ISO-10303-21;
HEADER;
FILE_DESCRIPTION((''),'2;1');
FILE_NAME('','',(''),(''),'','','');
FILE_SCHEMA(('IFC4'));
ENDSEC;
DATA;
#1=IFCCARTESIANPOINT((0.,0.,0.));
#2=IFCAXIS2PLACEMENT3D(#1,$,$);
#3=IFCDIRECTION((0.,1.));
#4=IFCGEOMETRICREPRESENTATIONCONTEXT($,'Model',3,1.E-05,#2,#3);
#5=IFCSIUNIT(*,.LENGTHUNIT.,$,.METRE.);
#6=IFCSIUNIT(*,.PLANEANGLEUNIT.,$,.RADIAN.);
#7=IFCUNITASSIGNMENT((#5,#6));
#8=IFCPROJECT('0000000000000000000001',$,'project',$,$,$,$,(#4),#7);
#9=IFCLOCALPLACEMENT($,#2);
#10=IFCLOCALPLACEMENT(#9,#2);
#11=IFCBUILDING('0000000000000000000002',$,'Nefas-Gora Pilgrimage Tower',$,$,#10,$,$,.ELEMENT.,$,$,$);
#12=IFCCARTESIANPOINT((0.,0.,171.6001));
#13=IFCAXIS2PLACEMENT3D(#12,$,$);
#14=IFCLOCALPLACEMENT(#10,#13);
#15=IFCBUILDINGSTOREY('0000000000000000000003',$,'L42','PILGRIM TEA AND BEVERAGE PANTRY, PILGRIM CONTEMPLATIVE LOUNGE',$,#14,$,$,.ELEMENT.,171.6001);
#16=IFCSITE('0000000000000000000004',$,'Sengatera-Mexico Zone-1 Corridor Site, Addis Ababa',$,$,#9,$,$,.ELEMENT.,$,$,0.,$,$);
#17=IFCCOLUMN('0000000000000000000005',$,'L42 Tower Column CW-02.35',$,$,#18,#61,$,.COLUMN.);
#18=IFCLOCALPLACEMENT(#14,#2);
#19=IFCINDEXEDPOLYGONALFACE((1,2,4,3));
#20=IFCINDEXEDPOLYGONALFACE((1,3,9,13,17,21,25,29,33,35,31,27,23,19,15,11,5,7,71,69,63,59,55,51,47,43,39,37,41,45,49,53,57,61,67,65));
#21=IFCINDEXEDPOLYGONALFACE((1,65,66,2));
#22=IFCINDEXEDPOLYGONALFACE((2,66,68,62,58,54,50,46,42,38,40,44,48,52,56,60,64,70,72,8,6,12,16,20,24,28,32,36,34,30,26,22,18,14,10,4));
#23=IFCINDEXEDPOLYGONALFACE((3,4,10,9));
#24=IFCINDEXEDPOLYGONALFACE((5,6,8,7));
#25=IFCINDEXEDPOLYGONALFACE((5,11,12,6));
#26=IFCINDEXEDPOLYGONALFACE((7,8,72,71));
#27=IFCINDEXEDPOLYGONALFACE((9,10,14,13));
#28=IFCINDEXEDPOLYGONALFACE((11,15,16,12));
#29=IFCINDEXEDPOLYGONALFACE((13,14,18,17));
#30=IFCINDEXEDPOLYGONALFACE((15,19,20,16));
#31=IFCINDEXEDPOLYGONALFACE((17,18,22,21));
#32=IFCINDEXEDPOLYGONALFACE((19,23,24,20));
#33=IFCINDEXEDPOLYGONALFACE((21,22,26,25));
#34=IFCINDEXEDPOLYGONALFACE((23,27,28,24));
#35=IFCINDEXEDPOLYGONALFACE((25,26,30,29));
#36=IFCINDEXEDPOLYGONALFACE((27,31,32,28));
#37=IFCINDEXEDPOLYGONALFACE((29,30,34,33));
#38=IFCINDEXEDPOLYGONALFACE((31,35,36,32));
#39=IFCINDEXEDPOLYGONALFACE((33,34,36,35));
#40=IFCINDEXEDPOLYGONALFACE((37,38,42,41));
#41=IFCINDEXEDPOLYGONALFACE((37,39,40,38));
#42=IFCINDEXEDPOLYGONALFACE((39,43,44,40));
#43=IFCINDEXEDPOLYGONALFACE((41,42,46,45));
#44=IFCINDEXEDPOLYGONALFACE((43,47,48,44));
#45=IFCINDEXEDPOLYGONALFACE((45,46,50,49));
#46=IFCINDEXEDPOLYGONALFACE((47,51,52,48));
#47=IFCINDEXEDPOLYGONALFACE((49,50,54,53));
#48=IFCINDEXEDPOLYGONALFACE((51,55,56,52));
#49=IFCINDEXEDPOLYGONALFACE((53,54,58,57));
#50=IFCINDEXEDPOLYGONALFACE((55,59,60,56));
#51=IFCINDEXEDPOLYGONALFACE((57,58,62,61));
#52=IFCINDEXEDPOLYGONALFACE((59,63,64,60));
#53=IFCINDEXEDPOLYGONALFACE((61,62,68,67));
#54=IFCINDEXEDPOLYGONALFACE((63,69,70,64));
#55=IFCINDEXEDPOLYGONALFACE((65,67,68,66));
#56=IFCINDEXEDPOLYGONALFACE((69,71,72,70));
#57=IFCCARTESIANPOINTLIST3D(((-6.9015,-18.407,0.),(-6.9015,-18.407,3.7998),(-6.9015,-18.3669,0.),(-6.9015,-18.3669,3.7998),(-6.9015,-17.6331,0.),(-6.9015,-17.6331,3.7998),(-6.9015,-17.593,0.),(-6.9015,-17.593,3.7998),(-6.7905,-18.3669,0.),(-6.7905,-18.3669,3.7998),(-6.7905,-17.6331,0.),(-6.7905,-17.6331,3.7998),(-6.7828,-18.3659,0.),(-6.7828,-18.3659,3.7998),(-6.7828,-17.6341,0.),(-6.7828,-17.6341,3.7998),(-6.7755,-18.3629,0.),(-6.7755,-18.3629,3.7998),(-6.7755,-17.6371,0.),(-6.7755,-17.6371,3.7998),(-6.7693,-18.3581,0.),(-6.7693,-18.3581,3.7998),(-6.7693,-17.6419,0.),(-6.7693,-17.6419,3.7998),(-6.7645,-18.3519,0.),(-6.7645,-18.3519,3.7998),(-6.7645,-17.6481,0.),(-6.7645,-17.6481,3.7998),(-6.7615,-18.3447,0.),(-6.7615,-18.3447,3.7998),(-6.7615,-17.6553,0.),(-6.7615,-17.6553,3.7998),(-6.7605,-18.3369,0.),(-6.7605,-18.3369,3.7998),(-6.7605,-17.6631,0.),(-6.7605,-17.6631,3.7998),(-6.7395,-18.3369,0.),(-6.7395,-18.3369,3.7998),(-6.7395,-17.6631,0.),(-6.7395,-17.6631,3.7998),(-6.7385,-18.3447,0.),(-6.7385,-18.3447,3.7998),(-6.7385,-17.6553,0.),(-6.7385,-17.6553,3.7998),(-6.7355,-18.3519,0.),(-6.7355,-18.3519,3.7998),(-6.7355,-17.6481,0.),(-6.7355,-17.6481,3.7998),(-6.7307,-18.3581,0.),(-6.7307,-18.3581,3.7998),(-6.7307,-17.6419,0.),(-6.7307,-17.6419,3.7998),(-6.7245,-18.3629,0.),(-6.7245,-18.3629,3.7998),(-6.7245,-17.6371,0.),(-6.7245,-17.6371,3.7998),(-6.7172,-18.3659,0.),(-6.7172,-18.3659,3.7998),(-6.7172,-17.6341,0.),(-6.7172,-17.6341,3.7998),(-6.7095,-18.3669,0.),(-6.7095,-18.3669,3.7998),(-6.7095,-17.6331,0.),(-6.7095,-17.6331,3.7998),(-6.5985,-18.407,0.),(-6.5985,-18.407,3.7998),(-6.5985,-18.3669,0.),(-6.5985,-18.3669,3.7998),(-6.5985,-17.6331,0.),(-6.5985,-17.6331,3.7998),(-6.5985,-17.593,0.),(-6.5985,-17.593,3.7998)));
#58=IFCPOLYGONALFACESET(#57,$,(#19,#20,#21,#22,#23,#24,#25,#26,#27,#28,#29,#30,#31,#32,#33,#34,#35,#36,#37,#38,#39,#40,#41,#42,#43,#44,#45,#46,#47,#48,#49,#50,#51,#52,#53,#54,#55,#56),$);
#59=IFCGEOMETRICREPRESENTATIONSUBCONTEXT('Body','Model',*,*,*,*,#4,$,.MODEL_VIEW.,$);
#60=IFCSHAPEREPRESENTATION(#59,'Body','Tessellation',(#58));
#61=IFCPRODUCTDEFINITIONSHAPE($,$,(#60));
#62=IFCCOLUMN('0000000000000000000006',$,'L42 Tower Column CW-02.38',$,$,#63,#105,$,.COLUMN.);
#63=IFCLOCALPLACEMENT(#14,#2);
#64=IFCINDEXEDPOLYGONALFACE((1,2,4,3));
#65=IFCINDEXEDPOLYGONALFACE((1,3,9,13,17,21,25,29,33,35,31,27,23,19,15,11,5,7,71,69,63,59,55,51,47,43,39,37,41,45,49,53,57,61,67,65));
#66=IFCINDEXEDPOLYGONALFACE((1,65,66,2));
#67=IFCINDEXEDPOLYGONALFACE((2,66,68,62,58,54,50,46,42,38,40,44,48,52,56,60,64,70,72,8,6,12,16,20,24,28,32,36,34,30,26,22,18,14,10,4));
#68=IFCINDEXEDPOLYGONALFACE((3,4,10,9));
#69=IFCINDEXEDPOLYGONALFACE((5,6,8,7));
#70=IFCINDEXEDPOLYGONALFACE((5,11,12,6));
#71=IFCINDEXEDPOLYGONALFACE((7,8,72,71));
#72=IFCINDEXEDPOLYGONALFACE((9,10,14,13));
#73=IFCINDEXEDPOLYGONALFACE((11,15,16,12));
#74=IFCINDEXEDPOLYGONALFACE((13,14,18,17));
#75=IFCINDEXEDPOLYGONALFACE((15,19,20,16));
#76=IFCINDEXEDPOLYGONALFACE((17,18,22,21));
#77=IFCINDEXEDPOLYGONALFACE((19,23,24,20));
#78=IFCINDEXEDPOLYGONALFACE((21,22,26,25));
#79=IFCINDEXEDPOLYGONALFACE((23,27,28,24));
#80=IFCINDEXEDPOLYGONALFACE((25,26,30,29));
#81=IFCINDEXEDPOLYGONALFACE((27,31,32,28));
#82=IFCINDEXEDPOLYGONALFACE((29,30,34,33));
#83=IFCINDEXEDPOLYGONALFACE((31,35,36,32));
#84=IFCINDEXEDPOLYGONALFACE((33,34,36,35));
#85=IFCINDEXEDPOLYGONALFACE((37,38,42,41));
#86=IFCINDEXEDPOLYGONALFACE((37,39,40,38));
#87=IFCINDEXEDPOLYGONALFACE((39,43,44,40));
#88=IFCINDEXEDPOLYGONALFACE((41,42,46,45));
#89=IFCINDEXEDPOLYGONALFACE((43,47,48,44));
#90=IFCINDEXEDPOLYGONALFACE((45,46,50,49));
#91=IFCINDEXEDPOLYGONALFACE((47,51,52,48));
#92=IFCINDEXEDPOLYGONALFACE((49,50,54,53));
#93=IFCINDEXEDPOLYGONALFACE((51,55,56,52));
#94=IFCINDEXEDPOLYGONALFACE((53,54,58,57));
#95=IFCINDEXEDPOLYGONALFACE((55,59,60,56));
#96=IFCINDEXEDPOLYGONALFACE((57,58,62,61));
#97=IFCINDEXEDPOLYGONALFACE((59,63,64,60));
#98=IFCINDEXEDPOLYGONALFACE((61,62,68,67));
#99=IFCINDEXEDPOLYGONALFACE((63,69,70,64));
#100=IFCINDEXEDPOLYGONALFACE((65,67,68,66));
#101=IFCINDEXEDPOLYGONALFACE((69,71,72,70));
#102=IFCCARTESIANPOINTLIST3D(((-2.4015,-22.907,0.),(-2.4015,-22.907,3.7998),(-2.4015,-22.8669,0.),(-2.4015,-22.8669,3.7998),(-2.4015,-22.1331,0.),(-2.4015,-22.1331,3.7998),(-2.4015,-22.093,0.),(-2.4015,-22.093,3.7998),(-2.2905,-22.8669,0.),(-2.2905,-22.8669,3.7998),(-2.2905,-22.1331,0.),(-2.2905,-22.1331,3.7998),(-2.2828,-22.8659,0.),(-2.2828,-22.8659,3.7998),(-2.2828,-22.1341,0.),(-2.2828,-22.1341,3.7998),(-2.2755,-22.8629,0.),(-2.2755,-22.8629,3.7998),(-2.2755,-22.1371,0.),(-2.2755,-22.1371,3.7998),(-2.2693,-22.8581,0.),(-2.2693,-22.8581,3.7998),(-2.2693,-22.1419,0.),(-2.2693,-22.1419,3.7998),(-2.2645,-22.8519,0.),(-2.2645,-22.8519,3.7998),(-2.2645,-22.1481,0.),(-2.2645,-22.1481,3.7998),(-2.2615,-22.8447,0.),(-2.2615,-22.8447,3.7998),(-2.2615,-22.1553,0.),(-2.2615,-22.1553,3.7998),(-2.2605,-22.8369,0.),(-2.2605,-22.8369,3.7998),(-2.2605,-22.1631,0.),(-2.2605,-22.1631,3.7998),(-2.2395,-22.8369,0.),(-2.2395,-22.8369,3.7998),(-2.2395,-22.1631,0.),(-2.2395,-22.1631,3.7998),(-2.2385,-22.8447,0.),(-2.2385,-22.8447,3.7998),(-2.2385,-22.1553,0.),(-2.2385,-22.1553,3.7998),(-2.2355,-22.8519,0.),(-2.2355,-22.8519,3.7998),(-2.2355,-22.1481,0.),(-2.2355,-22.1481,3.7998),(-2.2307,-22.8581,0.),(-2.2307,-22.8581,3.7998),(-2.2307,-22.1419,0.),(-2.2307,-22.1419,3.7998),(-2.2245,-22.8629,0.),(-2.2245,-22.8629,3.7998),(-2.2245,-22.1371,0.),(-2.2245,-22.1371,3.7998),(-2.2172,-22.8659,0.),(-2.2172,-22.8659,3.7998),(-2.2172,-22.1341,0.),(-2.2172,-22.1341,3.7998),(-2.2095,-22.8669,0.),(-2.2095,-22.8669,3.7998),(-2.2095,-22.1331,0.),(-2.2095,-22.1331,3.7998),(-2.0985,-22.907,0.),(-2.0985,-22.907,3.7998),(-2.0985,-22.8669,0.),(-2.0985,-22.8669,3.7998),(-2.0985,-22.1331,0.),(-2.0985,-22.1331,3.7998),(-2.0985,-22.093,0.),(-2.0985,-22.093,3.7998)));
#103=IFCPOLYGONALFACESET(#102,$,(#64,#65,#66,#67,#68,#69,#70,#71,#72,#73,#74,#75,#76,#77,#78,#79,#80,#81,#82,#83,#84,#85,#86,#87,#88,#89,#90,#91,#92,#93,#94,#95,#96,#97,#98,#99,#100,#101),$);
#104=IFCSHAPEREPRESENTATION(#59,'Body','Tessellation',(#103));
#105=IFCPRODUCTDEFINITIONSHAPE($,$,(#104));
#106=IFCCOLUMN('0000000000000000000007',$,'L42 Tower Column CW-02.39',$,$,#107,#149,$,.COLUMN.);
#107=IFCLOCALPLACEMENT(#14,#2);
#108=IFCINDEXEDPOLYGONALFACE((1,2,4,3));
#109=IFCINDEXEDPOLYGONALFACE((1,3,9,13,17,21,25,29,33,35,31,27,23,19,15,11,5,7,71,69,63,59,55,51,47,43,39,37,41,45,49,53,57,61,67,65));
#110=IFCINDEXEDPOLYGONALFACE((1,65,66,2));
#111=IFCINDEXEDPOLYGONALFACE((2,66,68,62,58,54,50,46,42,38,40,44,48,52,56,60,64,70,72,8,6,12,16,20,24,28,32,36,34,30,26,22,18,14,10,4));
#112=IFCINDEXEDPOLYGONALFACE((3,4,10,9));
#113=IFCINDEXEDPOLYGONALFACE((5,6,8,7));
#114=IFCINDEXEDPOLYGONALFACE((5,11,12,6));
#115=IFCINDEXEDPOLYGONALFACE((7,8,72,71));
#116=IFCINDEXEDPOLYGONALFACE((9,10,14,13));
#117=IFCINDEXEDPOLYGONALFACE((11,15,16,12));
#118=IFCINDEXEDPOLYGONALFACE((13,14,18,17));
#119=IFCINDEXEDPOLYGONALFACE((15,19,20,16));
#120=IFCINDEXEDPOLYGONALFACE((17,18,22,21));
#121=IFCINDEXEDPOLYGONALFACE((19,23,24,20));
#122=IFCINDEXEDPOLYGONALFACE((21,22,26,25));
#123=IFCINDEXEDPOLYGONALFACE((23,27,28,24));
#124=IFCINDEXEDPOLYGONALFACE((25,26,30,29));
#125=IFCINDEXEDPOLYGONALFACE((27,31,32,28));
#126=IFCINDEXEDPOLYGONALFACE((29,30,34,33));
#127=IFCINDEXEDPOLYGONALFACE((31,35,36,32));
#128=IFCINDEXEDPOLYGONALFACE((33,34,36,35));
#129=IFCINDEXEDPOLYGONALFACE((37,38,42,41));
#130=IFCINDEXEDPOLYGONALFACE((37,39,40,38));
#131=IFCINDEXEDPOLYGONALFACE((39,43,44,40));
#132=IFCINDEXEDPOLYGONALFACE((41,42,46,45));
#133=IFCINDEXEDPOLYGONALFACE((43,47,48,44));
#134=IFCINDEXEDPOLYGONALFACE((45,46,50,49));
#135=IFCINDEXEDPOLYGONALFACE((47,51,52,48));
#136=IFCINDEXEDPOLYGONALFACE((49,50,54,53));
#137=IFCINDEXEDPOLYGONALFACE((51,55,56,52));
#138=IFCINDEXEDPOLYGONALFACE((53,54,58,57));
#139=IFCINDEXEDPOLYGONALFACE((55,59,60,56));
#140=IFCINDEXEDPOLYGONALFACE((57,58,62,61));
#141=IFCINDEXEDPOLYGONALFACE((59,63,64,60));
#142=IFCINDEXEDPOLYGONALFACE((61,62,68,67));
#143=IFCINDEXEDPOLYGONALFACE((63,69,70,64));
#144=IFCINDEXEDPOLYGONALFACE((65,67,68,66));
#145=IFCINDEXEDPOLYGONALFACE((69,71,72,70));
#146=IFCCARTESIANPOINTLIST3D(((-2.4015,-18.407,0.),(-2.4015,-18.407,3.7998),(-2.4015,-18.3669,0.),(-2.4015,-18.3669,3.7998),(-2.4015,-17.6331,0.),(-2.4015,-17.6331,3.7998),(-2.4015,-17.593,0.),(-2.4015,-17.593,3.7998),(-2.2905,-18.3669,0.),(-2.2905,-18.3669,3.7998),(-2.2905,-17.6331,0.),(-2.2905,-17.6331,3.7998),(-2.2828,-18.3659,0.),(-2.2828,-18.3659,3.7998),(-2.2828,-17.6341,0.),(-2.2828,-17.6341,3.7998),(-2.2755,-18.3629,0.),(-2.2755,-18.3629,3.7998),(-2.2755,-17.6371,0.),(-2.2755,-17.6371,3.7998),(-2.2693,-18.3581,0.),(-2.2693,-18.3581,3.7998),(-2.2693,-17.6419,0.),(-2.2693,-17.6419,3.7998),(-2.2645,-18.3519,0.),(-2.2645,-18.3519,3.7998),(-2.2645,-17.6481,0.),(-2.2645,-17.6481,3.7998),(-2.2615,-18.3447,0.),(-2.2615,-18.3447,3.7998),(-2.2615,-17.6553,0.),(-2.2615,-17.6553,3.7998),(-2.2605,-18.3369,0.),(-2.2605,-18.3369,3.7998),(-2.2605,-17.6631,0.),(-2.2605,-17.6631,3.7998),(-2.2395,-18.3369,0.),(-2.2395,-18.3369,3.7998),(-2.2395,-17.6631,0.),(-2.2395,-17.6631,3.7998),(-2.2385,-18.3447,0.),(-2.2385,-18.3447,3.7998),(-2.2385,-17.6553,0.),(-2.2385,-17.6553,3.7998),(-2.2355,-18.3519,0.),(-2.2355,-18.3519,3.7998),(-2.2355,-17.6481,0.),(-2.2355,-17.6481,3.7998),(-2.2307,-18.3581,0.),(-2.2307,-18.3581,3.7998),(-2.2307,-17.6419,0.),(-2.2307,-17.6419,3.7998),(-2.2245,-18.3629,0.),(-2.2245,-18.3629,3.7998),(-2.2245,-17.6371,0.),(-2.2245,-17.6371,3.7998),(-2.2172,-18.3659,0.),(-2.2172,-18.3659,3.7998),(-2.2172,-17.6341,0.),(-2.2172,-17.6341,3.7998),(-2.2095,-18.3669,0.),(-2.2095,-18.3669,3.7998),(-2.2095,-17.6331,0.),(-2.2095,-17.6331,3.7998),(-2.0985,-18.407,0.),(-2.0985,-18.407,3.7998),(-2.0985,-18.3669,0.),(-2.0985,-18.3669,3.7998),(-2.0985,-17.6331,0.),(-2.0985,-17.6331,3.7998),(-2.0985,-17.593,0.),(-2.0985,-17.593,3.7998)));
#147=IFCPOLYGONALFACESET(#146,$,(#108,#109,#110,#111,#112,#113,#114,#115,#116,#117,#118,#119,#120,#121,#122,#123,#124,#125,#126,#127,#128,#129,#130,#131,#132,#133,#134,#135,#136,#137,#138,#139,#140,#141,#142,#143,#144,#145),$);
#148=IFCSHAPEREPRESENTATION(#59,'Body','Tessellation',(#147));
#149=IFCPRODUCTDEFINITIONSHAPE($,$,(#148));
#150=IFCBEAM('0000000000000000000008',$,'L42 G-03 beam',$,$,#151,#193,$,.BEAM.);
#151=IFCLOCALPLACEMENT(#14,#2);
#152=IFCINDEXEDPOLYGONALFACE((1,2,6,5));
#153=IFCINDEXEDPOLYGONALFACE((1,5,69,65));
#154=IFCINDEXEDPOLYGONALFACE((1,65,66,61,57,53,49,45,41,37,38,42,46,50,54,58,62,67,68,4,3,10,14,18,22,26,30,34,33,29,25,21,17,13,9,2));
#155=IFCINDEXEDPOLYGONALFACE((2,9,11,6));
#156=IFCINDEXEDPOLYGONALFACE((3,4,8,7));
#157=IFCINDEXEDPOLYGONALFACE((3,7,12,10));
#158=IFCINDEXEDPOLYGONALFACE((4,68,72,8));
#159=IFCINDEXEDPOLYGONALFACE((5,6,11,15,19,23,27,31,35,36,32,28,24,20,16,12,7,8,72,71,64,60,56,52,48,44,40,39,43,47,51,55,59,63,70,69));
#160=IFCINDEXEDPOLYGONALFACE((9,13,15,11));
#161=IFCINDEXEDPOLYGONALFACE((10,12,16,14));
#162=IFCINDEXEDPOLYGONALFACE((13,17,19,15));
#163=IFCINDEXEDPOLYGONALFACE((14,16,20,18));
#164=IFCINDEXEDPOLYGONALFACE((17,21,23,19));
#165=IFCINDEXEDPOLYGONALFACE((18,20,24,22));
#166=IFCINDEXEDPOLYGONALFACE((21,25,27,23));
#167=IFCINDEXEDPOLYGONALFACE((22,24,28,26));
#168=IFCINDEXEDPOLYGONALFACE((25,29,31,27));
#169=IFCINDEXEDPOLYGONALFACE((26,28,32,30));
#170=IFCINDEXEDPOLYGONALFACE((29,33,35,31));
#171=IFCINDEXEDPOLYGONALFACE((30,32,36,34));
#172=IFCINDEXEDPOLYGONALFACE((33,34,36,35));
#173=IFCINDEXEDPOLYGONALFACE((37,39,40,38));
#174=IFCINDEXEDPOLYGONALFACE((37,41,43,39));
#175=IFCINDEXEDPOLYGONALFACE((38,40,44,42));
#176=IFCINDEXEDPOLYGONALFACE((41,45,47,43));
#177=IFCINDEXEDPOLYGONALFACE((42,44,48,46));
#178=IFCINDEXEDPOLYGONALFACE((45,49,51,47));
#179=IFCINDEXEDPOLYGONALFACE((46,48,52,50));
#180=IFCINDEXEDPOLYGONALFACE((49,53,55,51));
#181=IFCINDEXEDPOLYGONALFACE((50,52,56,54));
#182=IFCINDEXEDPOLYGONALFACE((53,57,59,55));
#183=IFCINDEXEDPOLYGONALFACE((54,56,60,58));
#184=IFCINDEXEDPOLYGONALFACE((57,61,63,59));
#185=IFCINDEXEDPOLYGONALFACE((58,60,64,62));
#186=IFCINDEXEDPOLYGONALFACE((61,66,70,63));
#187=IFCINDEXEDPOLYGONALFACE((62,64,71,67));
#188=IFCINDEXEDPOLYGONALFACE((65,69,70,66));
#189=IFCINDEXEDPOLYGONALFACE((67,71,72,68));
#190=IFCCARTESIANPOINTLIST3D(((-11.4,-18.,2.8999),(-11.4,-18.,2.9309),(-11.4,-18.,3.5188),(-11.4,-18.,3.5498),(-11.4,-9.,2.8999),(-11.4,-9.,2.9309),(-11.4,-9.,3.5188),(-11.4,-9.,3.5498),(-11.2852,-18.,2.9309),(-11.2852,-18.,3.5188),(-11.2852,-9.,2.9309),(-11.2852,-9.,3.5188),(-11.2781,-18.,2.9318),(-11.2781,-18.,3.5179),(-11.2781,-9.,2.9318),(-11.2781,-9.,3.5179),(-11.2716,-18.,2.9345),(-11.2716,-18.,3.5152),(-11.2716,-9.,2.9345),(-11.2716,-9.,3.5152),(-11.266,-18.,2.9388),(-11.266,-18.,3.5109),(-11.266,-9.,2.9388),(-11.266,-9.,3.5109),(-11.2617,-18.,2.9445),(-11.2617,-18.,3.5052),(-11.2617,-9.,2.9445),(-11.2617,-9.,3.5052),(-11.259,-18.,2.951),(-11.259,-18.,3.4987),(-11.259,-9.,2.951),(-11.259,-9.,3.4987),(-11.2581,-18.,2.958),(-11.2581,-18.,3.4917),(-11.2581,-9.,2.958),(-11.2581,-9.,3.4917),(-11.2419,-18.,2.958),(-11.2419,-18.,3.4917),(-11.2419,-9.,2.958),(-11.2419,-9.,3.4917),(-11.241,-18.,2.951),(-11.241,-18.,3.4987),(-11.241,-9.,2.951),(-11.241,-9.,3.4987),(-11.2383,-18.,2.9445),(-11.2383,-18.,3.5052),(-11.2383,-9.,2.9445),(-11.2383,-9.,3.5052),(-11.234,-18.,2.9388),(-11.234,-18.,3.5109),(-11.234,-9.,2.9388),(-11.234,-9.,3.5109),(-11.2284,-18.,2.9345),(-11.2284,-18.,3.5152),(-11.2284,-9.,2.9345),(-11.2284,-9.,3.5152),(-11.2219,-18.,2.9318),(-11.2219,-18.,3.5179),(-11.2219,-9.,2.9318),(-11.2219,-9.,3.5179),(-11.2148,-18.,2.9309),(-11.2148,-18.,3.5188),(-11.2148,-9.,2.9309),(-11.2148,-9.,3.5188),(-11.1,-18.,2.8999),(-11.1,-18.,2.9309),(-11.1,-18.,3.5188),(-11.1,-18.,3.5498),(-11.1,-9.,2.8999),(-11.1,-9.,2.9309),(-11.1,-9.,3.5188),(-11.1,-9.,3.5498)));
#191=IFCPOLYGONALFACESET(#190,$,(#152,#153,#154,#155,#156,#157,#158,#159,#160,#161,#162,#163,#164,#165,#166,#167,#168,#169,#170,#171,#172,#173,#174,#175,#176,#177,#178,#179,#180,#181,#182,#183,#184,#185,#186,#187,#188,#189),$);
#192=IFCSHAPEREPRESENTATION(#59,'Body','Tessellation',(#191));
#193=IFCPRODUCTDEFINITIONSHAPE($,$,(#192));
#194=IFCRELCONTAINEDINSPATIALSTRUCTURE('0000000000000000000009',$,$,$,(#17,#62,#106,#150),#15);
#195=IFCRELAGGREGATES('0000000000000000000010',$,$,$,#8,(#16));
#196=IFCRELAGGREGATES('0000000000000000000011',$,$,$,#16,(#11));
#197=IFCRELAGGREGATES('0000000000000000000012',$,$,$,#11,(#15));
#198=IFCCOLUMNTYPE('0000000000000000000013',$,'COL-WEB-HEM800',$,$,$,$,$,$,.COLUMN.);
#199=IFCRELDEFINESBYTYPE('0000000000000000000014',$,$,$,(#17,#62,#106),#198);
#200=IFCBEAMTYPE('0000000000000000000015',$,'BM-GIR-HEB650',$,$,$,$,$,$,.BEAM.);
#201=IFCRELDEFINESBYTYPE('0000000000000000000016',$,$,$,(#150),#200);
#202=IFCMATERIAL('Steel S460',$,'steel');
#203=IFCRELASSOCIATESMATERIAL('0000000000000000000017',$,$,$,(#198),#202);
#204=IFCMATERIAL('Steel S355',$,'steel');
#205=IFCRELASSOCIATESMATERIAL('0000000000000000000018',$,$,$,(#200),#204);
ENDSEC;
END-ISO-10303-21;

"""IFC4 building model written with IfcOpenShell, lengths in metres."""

from ifc_helpers import new_model, si_unit, direction, frame, origin, origin_2d, place, context, subcontext, project, spatial, i_section, extrude, source, transform, mapped, material, material_profile, profile_set, type_object, element, save


model = new_model("IFC4")

# Units and contexts
model_context = context("Model", 3, precision=1e-05, world=origin(), true_north=direction((0.0, 1.0)))
body_context = subcontext(model_context, "Body", "Model", "MODEL_VIEW")
ifc_project = project(units=[si_unit("LENGTHUNIT", "METRE"), si_unit("PLANEANGLEUNIT", "RADIAN")], contexts=[model_context])

# Site, building, storey
site_placement = place(None, origin())
site = spatial("IfcSite", under=ifc_project, at=site_placement, Name="Sengatera-Mexico Zone-1 Corridor Site, Addis Ababa", CompositionType="ELEMENT", RefElevation=0.0)
building_placement = place(site_placement, origin())
building = spatial("IfcBuilding", under=site, at=building_placement, Name="Nefas-Gora Pilgrimage Tower", CompositionType="ELEMENT")
storey_placement = place(building_placement, frame((0.0, 0.0, 171.6001)))
storey = spatial("IfcBuildingStorey", under=building, at=storey_placement, Name="L42", Description="PILGRIM TEA AND BEVERAGE PANTRY, PILGRIM CONTEMPLATIVE LOUNGE", CompositionType="ELEMENT", Elevation=171.6001)

# Columns
ifc_material_1 = material(Name="Steel S460", Category="steel")
ifc_material_profile_1 = material_profile(ifc_material_1, i_section(OverallWidth=0.303, OverallDepth=0.814, WebThickness=0.021, FlangeThickness=0.04, FilletRadius=0.03, at=origin_2d()), Name="HEM 800")
ifc_profile_set_1 = profile_set([ifc_material_profile_1], Name="Steel S460")
column_type_1 = type_object("IfcColumnType", Name="COL-WEB-HEM800", PredefinedType="COLUMN", material=ifc_profile_set_1)
shared_shape_1 = source(origin(), body_context, "Body", "SweptSolid", [
    extrude(i_section(OverallWidth=0.303, OverallDepth=0.814, WebThickness=0.021, FlangeThickness=0.04, FilletRadius=0.03, at=origin_2d()), origin(), (0.0, 0.0, 1.0), 3.7998),
])
for number, where, z_axis, x_axis, name in (
    (1, (-6.75, -18.0, 0.0), (0.0, 0.0, 1.0), (1.0, 0.0, 0.0), "L42 Tower Column CW-02.35"),
    (2, (-2.25, -22.5, 0.0), (0.0, 0.0, 1.0), (1.0, 0.0, 0.0), "L42 Tower Column CW-02.38"),
    (3, (-2.25, -18.0, 0.0), (0.0, 0.0, 1.0), (1.0, 0.0, 0.0), "L42 Tower Column CW-02.39"),
):
    element("IfcColumn", number, at=place(storey_placement, frame(where, z_axis=z_axis, x_axis=x_axis)), inside=storey, type_object=column_type_1, Name=name, PredefinedType="COLUMN", context=body_context, shape_type="MappedRepresentation", body=[
        mapped(shared_shape_1, transform((0.0, 0.0, 0.0), x_axis=(1.0, 0.0, 0.0), y_axis=(0.0, 1.0, 0.0), z_axis=(0.0, 0.0, 1.0), scale=1.0)),
    ])

# Beam
ifc_material_2 = material(Name="Steel S355", Category="steel")
ifc_material_profile_2 = material_profile(ifc_material_2, i_section(OverallWidth=0.3, OverallDepth=0.6499, WebThickness=0.0161, FlangeThickness=0.031, FilletRadius=0.0271, at=origin_2d()), Name="HEB 650")
ifc_profile_set_2 = profile_set([ifc_material_profile_2], Name="Steel S355")
beam_type = type_object("IfcBeamType", Name="BM-GIR-HEB650", PredefinedType="BEAM", material=ifc_profile_set_2)
shared_shape_2 = source(origin(), body_context, "Body", "SweptSolid", [
    extrude(i_section(OverallWidth=0.3, OverallDepth=0.6499, WebThickness=0.0161, FlangeThickness=0.031, FilletRadius=0.0271, at=origin_2d()), origin(), (0.0, 0.0, 1.0), 9.0),
])
beam_placement = place(storey_placement, frame((-11.25, -18.0, 3.2249), z_axis=(0.0, 1.0, 0.0), x_axis=(-1.0, 0.0, 0.0)))
element("IfcBeam", 4, at=beam_placement, inside=storey, type_object=beam_type, Name="L42 G-03 beam", PredefinedType="BEAM", context=body_context, shape_type="MappedRepresentation", body=[
    mapped(shared_shape_2, transform((0.0, 0.0, 0.0), x_axis=(1.0, 0.0, 0.0), y_axis=(0.0, 1.0, 0.0), z_axis=(0.0, 0.0, 1.0), scale=1.0)),
])

save(model, "model.ifc")
